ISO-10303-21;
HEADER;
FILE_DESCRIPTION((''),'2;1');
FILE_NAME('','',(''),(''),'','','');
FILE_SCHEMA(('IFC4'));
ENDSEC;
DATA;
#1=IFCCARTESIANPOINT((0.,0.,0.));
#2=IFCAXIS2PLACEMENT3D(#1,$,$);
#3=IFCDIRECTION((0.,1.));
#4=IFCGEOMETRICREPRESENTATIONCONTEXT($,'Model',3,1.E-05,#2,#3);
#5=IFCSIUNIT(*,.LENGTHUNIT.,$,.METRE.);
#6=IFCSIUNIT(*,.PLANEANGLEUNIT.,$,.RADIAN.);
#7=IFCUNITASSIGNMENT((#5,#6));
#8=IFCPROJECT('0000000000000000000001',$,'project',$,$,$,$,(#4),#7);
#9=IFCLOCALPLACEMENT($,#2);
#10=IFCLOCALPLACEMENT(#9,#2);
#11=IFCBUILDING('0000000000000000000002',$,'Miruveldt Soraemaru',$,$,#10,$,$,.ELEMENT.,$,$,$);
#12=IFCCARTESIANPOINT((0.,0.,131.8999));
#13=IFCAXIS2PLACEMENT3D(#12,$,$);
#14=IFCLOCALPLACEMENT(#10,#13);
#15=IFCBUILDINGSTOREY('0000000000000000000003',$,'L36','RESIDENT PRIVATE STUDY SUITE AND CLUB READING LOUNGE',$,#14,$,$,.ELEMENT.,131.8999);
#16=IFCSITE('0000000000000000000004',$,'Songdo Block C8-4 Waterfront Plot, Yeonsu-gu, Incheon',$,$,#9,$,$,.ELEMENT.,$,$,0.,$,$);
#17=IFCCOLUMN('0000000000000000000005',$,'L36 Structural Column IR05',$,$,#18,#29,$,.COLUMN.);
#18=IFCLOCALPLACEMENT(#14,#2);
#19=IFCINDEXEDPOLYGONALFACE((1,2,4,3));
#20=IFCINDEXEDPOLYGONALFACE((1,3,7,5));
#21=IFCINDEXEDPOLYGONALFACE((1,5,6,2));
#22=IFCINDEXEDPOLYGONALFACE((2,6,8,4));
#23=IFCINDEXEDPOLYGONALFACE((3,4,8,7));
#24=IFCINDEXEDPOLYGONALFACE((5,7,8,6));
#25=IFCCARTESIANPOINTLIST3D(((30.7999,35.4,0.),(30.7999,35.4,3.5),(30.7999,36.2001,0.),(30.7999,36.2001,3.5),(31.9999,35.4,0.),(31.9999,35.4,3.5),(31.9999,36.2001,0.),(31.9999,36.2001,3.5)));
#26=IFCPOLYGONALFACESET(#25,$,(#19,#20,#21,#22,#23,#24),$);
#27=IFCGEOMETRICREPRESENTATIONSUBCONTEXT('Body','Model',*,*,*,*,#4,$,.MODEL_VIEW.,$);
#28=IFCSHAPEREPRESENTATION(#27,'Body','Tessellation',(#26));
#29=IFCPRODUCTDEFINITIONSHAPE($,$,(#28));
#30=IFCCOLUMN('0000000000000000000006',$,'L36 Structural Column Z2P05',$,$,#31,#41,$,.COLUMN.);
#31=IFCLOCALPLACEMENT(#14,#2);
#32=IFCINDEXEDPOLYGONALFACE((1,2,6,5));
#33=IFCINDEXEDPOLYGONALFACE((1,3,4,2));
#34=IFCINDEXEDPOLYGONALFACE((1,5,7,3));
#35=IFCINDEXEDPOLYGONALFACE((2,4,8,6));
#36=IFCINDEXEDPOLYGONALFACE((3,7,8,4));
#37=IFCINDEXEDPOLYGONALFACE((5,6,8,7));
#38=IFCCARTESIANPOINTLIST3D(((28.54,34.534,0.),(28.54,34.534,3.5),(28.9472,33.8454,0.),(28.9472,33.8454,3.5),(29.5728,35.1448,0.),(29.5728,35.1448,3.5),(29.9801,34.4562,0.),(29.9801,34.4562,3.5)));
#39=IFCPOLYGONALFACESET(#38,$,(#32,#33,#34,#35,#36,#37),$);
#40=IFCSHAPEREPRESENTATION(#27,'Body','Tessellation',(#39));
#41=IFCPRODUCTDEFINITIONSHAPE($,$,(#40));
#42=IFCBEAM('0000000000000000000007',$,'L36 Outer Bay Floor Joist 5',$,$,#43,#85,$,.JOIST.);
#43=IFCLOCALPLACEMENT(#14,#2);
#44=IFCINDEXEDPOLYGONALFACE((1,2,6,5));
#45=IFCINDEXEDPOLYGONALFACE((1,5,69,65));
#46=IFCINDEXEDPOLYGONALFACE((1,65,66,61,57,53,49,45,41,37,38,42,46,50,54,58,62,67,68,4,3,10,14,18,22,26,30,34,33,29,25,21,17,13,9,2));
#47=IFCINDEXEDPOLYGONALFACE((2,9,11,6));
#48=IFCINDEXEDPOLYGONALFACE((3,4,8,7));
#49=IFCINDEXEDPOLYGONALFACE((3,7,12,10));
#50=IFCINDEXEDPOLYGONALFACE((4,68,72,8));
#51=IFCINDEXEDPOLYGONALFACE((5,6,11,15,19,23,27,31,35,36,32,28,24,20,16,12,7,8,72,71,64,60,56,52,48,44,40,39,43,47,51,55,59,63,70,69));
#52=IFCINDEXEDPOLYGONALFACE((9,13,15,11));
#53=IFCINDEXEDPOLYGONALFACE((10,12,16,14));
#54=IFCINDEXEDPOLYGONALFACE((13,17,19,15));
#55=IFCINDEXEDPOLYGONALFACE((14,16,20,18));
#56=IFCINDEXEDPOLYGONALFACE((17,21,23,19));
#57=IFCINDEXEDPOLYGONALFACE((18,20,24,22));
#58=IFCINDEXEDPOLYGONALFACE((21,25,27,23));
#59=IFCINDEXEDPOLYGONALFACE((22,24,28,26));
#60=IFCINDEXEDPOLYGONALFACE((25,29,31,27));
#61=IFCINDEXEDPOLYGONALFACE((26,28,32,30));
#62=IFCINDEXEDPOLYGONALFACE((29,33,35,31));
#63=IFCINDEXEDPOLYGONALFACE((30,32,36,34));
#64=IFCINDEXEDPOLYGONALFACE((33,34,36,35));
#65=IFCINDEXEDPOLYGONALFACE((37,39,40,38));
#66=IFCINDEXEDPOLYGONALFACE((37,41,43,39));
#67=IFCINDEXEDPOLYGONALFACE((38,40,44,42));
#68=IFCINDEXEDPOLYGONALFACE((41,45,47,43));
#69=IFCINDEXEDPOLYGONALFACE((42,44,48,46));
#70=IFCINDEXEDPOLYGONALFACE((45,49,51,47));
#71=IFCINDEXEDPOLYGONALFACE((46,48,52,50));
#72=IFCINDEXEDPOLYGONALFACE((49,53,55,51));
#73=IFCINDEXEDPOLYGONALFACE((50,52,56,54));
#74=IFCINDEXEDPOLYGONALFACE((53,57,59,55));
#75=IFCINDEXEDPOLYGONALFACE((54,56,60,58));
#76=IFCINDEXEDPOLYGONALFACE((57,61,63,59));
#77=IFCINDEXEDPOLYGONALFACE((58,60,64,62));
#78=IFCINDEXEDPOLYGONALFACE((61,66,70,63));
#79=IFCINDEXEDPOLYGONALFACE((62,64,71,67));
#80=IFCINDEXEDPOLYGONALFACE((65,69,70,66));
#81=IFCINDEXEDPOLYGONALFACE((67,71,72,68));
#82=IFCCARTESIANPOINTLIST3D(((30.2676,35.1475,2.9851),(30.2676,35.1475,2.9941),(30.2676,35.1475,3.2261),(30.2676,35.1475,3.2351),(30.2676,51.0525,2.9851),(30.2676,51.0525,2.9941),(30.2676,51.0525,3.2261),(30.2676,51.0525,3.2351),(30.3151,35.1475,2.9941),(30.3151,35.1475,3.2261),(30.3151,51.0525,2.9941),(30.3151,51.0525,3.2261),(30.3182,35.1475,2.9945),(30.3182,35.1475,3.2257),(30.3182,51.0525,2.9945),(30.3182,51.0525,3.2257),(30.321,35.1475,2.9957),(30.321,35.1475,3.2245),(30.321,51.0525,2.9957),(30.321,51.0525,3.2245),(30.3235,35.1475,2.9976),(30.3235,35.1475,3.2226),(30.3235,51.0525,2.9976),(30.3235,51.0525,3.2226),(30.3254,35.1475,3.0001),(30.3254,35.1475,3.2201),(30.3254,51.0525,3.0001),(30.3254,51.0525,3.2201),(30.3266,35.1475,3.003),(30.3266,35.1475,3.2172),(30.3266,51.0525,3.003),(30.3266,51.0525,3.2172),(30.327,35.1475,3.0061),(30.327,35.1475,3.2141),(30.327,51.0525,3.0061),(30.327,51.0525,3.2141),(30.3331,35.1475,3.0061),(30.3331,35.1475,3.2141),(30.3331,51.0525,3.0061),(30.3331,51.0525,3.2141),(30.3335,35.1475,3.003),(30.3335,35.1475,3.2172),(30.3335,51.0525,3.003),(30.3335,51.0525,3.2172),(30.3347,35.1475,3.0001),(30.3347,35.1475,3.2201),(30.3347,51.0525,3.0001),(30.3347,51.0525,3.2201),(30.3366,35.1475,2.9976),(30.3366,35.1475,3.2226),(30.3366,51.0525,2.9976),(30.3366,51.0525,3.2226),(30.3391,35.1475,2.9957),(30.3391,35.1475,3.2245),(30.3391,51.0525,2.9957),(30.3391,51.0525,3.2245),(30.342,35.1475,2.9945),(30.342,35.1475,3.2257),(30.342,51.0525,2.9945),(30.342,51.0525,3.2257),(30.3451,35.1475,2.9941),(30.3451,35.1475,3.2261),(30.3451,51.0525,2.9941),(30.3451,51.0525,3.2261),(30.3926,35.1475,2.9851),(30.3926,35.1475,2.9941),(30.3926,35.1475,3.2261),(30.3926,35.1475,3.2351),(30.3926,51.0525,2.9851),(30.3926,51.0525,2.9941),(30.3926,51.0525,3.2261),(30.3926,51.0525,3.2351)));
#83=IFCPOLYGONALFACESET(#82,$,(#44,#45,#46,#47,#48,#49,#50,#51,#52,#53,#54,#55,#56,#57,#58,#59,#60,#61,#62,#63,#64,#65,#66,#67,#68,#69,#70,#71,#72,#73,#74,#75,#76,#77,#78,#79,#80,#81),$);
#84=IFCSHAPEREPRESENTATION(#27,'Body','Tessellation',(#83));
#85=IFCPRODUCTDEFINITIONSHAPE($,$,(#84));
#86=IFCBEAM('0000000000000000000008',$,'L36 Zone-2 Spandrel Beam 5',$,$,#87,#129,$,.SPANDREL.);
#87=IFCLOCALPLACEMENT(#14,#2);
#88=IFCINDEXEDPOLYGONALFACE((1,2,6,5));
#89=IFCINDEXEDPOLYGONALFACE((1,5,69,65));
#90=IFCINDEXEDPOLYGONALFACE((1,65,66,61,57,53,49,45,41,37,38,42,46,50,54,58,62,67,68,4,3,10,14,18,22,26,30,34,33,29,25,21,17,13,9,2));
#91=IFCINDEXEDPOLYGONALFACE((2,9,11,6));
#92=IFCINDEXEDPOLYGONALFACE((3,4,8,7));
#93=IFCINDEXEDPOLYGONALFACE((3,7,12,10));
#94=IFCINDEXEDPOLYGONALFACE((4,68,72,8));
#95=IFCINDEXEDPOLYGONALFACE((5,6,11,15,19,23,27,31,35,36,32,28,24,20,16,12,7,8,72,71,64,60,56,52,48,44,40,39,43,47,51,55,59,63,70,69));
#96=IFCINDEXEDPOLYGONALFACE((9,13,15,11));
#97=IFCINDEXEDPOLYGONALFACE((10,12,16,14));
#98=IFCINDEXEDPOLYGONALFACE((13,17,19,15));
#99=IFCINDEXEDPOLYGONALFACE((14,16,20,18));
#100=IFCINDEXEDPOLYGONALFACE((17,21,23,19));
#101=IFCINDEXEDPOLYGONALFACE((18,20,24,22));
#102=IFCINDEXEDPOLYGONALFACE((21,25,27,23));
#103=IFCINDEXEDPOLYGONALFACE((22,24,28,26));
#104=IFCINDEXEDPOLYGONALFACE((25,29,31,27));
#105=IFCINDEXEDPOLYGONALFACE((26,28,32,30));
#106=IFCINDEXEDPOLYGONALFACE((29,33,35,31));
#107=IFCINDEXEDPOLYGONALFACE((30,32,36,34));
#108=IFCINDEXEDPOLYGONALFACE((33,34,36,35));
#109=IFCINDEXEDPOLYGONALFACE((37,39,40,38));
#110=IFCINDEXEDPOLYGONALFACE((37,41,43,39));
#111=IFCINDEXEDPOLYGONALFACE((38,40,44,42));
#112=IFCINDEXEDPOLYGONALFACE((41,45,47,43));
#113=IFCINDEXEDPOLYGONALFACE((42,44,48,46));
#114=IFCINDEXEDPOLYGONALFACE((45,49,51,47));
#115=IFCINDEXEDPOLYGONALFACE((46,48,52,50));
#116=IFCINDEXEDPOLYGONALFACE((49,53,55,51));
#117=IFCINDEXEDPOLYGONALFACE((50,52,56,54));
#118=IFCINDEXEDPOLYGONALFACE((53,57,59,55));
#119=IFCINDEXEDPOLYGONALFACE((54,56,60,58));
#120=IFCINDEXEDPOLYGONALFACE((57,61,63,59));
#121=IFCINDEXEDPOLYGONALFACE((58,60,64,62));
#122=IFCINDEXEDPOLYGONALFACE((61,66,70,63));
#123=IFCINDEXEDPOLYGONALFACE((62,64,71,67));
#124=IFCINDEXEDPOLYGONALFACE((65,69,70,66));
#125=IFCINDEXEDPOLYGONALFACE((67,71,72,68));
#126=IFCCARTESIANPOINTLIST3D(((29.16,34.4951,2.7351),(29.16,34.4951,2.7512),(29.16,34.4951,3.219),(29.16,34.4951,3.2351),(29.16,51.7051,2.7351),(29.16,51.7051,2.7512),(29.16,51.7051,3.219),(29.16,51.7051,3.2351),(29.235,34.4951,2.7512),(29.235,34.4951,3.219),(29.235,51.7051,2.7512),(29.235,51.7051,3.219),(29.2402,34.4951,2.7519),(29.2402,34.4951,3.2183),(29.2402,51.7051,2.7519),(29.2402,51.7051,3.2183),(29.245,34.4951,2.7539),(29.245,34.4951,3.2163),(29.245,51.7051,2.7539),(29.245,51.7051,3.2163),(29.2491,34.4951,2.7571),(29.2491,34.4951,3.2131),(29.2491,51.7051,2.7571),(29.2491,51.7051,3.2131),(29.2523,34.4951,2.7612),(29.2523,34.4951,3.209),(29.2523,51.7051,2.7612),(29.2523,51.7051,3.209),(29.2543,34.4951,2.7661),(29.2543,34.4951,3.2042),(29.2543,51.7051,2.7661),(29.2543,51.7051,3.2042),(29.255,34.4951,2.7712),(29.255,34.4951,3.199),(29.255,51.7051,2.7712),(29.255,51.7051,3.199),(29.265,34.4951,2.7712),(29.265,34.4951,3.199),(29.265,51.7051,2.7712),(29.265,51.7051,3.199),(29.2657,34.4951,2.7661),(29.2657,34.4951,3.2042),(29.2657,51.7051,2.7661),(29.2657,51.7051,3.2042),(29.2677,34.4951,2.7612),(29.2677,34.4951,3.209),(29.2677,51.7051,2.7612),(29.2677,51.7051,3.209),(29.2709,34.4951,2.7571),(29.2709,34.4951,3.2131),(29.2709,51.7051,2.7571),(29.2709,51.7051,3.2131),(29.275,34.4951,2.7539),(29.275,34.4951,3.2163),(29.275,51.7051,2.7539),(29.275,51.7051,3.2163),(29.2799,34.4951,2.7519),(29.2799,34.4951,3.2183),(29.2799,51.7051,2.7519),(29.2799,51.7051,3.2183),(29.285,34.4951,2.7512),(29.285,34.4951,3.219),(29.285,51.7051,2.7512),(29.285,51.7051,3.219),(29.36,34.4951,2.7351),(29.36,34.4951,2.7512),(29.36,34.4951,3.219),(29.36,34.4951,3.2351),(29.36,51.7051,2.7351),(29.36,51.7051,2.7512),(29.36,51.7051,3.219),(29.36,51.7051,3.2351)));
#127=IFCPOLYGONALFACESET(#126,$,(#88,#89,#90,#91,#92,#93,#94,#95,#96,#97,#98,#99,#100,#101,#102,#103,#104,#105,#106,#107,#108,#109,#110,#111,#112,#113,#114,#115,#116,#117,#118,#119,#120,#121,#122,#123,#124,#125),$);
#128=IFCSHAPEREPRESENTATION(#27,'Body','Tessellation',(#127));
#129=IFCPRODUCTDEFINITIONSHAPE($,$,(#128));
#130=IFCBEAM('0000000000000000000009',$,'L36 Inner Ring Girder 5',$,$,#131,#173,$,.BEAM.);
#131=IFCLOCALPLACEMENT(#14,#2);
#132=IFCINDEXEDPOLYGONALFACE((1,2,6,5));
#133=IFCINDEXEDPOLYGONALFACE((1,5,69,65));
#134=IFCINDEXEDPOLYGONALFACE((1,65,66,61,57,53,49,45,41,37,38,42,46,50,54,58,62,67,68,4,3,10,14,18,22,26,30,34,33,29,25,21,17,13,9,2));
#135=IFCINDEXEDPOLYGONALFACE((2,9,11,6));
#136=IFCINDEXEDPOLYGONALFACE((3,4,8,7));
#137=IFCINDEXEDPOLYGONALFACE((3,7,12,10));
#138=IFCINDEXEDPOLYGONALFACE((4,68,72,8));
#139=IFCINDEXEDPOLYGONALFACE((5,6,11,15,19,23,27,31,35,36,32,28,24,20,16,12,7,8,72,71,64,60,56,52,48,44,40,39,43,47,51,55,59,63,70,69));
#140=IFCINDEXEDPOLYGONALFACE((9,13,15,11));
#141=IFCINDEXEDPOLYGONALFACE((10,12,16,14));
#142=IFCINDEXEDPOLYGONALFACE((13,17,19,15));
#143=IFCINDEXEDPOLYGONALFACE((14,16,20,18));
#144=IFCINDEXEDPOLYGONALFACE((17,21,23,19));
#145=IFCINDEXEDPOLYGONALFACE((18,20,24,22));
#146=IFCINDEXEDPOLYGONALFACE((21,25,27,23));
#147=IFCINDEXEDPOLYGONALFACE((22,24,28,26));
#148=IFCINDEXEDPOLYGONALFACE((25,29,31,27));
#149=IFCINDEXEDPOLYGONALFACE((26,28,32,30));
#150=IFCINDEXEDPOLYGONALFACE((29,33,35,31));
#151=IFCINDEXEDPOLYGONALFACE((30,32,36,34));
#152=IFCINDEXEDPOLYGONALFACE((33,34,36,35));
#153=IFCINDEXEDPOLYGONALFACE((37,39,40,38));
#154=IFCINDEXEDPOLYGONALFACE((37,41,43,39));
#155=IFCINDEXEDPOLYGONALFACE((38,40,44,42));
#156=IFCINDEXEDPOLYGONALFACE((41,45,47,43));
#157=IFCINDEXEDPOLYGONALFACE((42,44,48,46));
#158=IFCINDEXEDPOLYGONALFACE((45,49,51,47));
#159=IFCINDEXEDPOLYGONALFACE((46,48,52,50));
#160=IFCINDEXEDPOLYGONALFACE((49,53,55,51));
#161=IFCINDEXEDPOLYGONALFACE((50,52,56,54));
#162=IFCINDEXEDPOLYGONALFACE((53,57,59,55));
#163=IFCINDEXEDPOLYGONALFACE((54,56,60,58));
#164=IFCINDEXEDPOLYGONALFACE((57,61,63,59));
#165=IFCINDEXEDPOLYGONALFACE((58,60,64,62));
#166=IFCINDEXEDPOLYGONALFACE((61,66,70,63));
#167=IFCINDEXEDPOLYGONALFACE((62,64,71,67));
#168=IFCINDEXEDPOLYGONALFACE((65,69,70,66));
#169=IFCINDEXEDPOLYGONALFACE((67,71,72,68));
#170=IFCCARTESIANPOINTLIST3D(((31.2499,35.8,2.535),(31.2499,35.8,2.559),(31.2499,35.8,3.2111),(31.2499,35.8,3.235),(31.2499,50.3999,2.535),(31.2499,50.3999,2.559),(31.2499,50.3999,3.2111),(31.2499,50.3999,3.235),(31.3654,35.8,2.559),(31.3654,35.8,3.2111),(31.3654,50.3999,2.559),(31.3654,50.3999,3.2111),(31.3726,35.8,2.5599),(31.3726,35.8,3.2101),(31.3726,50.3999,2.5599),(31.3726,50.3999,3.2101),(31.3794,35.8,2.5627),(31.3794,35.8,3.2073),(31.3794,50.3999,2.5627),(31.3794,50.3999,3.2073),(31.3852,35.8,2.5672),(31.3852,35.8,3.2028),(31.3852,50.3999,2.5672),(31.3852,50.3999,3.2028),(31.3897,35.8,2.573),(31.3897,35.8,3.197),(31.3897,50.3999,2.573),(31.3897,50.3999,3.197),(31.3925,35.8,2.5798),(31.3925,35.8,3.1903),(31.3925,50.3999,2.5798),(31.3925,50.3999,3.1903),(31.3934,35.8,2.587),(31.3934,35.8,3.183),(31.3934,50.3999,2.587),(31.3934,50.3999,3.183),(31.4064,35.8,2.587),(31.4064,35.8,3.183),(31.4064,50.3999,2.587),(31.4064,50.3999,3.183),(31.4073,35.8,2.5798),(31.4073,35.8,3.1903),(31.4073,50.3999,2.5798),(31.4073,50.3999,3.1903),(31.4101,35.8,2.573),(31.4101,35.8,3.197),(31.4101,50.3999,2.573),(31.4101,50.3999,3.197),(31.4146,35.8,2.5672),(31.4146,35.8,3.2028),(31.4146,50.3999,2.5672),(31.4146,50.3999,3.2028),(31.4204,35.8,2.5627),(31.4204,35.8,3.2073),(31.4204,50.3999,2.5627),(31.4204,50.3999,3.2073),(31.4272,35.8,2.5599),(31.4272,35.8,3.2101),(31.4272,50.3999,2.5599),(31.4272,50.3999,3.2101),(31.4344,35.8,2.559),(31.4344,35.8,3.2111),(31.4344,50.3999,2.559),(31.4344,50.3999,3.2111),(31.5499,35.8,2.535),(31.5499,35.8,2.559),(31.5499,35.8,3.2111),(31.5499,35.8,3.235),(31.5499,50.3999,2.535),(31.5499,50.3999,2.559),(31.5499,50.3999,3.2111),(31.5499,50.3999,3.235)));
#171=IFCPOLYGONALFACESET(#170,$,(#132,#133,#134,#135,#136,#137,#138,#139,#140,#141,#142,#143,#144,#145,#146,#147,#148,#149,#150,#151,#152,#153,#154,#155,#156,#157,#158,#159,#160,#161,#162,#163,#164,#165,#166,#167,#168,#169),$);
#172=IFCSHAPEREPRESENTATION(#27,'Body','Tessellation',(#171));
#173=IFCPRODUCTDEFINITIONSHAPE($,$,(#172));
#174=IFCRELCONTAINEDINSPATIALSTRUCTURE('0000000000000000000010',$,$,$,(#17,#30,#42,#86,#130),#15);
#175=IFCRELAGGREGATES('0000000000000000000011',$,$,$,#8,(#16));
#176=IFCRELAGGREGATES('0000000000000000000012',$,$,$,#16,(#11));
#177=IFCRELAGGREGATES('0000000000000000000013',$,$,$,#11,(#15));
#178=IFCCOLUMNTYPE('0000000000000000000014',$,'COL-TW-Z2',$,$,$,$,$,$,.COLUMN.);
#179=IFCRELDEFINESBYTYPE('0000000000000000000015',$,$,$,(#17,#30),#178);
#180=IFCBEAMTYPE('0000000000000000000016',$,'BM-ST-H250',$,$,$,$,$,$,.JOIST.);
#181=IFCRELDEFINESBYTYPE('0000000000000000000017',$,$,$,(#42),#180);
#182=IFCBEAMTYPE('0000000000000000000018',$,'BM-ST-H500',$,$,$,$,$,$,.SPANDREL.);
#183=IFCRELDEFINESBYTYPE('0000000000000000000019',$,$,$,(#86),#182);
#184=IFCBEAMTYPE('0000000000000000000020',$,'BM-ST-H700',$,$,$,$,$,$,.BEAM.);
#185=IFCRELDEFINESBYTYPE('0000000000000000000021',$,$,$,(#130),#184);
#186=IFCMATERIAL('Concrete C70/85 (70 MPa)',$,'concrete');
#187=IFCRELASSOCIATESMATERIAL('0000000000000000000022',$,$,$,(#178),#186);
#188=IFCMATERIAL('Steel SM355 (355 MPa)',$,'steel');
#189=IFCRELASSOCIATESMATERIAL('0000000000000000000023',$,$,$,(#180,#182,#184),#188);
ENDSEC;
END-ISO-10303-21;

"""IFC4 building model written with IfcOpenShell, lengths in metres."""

from ifc_helpers import new_model, si_unit, direction, frame, origin, origin_2d, place, context, subcontext, project, spatial, rectangle, i_section, extrude, material, material_profile, profile_set, type_object, element, save


model = new_model("IFC4")

# Units and contexts
model_context = context("Model", 3, precision=1e-05, world=origin(), true_north=direction((0.0, 1.0)))
body_context = subcontext(model_context, "Body", "Model", "MODEL_VIEW")
ifc_project = project(units=[si_unit("LENGTHUNIT", "METRE"), si_unit("PLANEANGLEUNIT", "RADIAN")], contexts=[model_context])

# Site, building, storey
site_placement = place(None, origin())
site = spatial("IfcSite", under=ifc_project, at=site_placement, Name="Songdo Block C8-4 Waterfront Plot, Yeonsu-gu, Incheon", CompositionType="ELEMENT", RefElevation=0.0)
building_placement = place(site_placement, origin())
building = spatial("IfcBuilding", under=site, at=building_placement, Name="Miruveldt Soraemaru", CompositionType="ELEMENT")
storey_placement = place(building_placement, frame((0.0, 0.0, 131.8999)))
storey = spatial("IfcBuildingStorey", under=building, at=storey_placement, Name="L36", Description="RESIDENT PRIVATE STUDY SUITE AND CLUB READING LOUNGE", CompositionType="ELEMENT", Elevation=131.8999)

# Columns
ifc_material_1 = material(Name="Concrete C70/85 (70 MPa)", Category="concrete")
ifc_material_profile_1 = material_profile(ifc_material_1, rectangle(XDim=1.2, YDim=0.8, at=origin_2d()), Name="Concrete C70/85 (70 MPa)", Category="concrete")
ifc_profile_set_1 = profile_set([ifc_material_profile_1], Name="Concrete C70/85 (70 MPa)")
column_type = type_object("IfcColumnType", Name="COL-TW-Z2", PredefinedType="COLUMN", material=ifc_profile_set_1)
for number, where, z_axis, x_axis, name in (
    (1, (31.3999, 35.8, 0.0), (0.0, 0.0, 1.0), (1.0, 0.0, 0.0), "L36 Structural Column IR05"),
    (2, (29.26, 34.4951, 0.0), (0.0, 0.0, 1.0), (0.860742, 0.509041, 0.0), "L36 Structural Column Z2P05"),
):
    element("IfcColumn", number, at=place(storey_placement, frame(where, z_axis=z_axis, x_axis=x_axis)), inside=storey, type_object=column_type, Name=name, PredefinedType="COLUMN", context=body_context, shape_type="SweptSolid", body=[
        extrude(rectangle(XDim=1.2, YDim=0.8, at=origin_2d()), origin(), (0.0, 0.0, 1.0), 3.5),
    ])

# Beams
ifc_material_2 = material(Name="Steel SM355 (355 MPa)", Category="steel")
ifc_material_profile_2 = material_profile(ifc_material_2, i_section(OverallWidth=0.125, OverallDepth=0.25, WebThickness=0.0061, FlangeThickness=0.009, FilletRadius=0.012, at=origin_2d()), Name="Steel SM355 (355 MPa)", Category="steel")
ifc_profile_set_2 = profile_set([ifc_material_profile_2], Name="Steel SM355 (355 MPa)")
beam_type_1 = type_object("IfcBeamType", Name="BM-ST-H250", PredefinedType="JOIST", material=ifc_profile_set_2)
beam_1_placement = place(storey_placement, frame((30.3301, 35.1475, 3.1101), z_axis=(0.0, 1.0, 0.0), x_axis=(-1.0, 0.0, 0.0)))
element("IfcBeam", 3, at=beam_1_placement, inside=storey, type_object=beam_type_1, Name="L36 Outer Bay Floor Joist 5", PredefinedType="JOIST", context=body_context, shape_type="SweptSolid", body=[
    extrude(i_section(OverallWidth=0.125, OverallDepth=0.25, WebThickness=0.0061, FlangeThickness=0.009, FilletRadius=0.012, at=origin_2d()), origin(), (0.0, 0.0, 1.0), 15.905),
])
ifc_material_profile_3 = material_profile(ifc_material_2, i_section(OverallWidth=0.2, OverallDepth=0.5, WebThickness=0.01, FlangeThickness=0.0161, FilletRadius=0.02, at=origin_2d()), Name="Steel SM355 (355 MPa)", Category="steel")
ifc_profile_set_3 = profile_set([ifc_material_profile_3], Name="Steel SM355 (355 MPa)")
beam_type_2 = type_object("IfcBeamType", Name="BM-ST-H500", PredefinedType="SPANDREL", material=ifc_profile_set_3)
beam_2_placement = place(storey_placement, frame((29.26, 34.4951, 2.9851), z_axis=(0.0, 1.0, 0.0), x_axis=(-1.0, 0.0, 0.0)))
element("IfcBeam", 4, at=beam_2_placement, inside=storey, type_object=beam_type_2, Name="L36 Zone-2 Spandrel Beam 5", PredefinedType="SPANDREL", context=body_context, shape_type="SweptSolid", body=[
    extrude(i_section(OverallWidth=0.2, OverallDepth=0.5, WebThickness=0.01, FlangeThickness=0.0161, FilletRadius=0.02, at=origin_2d()), origin(), (0.0, 0.0, 1.0), 17.21),
])
ifc_material_profile_4 = material_profile(ifc_material_2, i_section(OverallWidth=0.3, OverallDepth=0.7, WebThickness=0.0129, FlangeThickness=0.0239, FilletRadius=0.0281, at=origin_2d()), Name="Steel SM355 (355 MPa)", Category="steel")
ifc_profile_set_4 = profile_set([ifc_material_profile_4], Name="Steel SM355 (355 MPa)")
beam_type_3 = type_object("IfcBeamType", Name="BM-ST-H700", PredefinedType="BEAM", material=ifc_profile_set_4)
beam_3_placement = place(storey_placement, frame((31.3999, 35.8, 2.885), z_axis=(0.0, 1.0, 0.0), x_axis=(-1.0, 0.0, 0.0)))
element("IfcBeam", 5, at=beam_3_placement, inside=storey, type_object=beam_type_3, Name="L36 Inner Ring Girder 5", PredefinedType="BEAM", context=body_context, shape_type="SweptSolid", body=[
    extrude(i_section(OverallWidth=0.3, OverallDepth=0.7, WebThickness=0.0129, FlangeThickness=0.0239, FilletRadius=0.0281, at=origin_2d()), origin(), (0.0, 0.0, 1.0), 14.5999),
])

save(model, "model.ifc")
